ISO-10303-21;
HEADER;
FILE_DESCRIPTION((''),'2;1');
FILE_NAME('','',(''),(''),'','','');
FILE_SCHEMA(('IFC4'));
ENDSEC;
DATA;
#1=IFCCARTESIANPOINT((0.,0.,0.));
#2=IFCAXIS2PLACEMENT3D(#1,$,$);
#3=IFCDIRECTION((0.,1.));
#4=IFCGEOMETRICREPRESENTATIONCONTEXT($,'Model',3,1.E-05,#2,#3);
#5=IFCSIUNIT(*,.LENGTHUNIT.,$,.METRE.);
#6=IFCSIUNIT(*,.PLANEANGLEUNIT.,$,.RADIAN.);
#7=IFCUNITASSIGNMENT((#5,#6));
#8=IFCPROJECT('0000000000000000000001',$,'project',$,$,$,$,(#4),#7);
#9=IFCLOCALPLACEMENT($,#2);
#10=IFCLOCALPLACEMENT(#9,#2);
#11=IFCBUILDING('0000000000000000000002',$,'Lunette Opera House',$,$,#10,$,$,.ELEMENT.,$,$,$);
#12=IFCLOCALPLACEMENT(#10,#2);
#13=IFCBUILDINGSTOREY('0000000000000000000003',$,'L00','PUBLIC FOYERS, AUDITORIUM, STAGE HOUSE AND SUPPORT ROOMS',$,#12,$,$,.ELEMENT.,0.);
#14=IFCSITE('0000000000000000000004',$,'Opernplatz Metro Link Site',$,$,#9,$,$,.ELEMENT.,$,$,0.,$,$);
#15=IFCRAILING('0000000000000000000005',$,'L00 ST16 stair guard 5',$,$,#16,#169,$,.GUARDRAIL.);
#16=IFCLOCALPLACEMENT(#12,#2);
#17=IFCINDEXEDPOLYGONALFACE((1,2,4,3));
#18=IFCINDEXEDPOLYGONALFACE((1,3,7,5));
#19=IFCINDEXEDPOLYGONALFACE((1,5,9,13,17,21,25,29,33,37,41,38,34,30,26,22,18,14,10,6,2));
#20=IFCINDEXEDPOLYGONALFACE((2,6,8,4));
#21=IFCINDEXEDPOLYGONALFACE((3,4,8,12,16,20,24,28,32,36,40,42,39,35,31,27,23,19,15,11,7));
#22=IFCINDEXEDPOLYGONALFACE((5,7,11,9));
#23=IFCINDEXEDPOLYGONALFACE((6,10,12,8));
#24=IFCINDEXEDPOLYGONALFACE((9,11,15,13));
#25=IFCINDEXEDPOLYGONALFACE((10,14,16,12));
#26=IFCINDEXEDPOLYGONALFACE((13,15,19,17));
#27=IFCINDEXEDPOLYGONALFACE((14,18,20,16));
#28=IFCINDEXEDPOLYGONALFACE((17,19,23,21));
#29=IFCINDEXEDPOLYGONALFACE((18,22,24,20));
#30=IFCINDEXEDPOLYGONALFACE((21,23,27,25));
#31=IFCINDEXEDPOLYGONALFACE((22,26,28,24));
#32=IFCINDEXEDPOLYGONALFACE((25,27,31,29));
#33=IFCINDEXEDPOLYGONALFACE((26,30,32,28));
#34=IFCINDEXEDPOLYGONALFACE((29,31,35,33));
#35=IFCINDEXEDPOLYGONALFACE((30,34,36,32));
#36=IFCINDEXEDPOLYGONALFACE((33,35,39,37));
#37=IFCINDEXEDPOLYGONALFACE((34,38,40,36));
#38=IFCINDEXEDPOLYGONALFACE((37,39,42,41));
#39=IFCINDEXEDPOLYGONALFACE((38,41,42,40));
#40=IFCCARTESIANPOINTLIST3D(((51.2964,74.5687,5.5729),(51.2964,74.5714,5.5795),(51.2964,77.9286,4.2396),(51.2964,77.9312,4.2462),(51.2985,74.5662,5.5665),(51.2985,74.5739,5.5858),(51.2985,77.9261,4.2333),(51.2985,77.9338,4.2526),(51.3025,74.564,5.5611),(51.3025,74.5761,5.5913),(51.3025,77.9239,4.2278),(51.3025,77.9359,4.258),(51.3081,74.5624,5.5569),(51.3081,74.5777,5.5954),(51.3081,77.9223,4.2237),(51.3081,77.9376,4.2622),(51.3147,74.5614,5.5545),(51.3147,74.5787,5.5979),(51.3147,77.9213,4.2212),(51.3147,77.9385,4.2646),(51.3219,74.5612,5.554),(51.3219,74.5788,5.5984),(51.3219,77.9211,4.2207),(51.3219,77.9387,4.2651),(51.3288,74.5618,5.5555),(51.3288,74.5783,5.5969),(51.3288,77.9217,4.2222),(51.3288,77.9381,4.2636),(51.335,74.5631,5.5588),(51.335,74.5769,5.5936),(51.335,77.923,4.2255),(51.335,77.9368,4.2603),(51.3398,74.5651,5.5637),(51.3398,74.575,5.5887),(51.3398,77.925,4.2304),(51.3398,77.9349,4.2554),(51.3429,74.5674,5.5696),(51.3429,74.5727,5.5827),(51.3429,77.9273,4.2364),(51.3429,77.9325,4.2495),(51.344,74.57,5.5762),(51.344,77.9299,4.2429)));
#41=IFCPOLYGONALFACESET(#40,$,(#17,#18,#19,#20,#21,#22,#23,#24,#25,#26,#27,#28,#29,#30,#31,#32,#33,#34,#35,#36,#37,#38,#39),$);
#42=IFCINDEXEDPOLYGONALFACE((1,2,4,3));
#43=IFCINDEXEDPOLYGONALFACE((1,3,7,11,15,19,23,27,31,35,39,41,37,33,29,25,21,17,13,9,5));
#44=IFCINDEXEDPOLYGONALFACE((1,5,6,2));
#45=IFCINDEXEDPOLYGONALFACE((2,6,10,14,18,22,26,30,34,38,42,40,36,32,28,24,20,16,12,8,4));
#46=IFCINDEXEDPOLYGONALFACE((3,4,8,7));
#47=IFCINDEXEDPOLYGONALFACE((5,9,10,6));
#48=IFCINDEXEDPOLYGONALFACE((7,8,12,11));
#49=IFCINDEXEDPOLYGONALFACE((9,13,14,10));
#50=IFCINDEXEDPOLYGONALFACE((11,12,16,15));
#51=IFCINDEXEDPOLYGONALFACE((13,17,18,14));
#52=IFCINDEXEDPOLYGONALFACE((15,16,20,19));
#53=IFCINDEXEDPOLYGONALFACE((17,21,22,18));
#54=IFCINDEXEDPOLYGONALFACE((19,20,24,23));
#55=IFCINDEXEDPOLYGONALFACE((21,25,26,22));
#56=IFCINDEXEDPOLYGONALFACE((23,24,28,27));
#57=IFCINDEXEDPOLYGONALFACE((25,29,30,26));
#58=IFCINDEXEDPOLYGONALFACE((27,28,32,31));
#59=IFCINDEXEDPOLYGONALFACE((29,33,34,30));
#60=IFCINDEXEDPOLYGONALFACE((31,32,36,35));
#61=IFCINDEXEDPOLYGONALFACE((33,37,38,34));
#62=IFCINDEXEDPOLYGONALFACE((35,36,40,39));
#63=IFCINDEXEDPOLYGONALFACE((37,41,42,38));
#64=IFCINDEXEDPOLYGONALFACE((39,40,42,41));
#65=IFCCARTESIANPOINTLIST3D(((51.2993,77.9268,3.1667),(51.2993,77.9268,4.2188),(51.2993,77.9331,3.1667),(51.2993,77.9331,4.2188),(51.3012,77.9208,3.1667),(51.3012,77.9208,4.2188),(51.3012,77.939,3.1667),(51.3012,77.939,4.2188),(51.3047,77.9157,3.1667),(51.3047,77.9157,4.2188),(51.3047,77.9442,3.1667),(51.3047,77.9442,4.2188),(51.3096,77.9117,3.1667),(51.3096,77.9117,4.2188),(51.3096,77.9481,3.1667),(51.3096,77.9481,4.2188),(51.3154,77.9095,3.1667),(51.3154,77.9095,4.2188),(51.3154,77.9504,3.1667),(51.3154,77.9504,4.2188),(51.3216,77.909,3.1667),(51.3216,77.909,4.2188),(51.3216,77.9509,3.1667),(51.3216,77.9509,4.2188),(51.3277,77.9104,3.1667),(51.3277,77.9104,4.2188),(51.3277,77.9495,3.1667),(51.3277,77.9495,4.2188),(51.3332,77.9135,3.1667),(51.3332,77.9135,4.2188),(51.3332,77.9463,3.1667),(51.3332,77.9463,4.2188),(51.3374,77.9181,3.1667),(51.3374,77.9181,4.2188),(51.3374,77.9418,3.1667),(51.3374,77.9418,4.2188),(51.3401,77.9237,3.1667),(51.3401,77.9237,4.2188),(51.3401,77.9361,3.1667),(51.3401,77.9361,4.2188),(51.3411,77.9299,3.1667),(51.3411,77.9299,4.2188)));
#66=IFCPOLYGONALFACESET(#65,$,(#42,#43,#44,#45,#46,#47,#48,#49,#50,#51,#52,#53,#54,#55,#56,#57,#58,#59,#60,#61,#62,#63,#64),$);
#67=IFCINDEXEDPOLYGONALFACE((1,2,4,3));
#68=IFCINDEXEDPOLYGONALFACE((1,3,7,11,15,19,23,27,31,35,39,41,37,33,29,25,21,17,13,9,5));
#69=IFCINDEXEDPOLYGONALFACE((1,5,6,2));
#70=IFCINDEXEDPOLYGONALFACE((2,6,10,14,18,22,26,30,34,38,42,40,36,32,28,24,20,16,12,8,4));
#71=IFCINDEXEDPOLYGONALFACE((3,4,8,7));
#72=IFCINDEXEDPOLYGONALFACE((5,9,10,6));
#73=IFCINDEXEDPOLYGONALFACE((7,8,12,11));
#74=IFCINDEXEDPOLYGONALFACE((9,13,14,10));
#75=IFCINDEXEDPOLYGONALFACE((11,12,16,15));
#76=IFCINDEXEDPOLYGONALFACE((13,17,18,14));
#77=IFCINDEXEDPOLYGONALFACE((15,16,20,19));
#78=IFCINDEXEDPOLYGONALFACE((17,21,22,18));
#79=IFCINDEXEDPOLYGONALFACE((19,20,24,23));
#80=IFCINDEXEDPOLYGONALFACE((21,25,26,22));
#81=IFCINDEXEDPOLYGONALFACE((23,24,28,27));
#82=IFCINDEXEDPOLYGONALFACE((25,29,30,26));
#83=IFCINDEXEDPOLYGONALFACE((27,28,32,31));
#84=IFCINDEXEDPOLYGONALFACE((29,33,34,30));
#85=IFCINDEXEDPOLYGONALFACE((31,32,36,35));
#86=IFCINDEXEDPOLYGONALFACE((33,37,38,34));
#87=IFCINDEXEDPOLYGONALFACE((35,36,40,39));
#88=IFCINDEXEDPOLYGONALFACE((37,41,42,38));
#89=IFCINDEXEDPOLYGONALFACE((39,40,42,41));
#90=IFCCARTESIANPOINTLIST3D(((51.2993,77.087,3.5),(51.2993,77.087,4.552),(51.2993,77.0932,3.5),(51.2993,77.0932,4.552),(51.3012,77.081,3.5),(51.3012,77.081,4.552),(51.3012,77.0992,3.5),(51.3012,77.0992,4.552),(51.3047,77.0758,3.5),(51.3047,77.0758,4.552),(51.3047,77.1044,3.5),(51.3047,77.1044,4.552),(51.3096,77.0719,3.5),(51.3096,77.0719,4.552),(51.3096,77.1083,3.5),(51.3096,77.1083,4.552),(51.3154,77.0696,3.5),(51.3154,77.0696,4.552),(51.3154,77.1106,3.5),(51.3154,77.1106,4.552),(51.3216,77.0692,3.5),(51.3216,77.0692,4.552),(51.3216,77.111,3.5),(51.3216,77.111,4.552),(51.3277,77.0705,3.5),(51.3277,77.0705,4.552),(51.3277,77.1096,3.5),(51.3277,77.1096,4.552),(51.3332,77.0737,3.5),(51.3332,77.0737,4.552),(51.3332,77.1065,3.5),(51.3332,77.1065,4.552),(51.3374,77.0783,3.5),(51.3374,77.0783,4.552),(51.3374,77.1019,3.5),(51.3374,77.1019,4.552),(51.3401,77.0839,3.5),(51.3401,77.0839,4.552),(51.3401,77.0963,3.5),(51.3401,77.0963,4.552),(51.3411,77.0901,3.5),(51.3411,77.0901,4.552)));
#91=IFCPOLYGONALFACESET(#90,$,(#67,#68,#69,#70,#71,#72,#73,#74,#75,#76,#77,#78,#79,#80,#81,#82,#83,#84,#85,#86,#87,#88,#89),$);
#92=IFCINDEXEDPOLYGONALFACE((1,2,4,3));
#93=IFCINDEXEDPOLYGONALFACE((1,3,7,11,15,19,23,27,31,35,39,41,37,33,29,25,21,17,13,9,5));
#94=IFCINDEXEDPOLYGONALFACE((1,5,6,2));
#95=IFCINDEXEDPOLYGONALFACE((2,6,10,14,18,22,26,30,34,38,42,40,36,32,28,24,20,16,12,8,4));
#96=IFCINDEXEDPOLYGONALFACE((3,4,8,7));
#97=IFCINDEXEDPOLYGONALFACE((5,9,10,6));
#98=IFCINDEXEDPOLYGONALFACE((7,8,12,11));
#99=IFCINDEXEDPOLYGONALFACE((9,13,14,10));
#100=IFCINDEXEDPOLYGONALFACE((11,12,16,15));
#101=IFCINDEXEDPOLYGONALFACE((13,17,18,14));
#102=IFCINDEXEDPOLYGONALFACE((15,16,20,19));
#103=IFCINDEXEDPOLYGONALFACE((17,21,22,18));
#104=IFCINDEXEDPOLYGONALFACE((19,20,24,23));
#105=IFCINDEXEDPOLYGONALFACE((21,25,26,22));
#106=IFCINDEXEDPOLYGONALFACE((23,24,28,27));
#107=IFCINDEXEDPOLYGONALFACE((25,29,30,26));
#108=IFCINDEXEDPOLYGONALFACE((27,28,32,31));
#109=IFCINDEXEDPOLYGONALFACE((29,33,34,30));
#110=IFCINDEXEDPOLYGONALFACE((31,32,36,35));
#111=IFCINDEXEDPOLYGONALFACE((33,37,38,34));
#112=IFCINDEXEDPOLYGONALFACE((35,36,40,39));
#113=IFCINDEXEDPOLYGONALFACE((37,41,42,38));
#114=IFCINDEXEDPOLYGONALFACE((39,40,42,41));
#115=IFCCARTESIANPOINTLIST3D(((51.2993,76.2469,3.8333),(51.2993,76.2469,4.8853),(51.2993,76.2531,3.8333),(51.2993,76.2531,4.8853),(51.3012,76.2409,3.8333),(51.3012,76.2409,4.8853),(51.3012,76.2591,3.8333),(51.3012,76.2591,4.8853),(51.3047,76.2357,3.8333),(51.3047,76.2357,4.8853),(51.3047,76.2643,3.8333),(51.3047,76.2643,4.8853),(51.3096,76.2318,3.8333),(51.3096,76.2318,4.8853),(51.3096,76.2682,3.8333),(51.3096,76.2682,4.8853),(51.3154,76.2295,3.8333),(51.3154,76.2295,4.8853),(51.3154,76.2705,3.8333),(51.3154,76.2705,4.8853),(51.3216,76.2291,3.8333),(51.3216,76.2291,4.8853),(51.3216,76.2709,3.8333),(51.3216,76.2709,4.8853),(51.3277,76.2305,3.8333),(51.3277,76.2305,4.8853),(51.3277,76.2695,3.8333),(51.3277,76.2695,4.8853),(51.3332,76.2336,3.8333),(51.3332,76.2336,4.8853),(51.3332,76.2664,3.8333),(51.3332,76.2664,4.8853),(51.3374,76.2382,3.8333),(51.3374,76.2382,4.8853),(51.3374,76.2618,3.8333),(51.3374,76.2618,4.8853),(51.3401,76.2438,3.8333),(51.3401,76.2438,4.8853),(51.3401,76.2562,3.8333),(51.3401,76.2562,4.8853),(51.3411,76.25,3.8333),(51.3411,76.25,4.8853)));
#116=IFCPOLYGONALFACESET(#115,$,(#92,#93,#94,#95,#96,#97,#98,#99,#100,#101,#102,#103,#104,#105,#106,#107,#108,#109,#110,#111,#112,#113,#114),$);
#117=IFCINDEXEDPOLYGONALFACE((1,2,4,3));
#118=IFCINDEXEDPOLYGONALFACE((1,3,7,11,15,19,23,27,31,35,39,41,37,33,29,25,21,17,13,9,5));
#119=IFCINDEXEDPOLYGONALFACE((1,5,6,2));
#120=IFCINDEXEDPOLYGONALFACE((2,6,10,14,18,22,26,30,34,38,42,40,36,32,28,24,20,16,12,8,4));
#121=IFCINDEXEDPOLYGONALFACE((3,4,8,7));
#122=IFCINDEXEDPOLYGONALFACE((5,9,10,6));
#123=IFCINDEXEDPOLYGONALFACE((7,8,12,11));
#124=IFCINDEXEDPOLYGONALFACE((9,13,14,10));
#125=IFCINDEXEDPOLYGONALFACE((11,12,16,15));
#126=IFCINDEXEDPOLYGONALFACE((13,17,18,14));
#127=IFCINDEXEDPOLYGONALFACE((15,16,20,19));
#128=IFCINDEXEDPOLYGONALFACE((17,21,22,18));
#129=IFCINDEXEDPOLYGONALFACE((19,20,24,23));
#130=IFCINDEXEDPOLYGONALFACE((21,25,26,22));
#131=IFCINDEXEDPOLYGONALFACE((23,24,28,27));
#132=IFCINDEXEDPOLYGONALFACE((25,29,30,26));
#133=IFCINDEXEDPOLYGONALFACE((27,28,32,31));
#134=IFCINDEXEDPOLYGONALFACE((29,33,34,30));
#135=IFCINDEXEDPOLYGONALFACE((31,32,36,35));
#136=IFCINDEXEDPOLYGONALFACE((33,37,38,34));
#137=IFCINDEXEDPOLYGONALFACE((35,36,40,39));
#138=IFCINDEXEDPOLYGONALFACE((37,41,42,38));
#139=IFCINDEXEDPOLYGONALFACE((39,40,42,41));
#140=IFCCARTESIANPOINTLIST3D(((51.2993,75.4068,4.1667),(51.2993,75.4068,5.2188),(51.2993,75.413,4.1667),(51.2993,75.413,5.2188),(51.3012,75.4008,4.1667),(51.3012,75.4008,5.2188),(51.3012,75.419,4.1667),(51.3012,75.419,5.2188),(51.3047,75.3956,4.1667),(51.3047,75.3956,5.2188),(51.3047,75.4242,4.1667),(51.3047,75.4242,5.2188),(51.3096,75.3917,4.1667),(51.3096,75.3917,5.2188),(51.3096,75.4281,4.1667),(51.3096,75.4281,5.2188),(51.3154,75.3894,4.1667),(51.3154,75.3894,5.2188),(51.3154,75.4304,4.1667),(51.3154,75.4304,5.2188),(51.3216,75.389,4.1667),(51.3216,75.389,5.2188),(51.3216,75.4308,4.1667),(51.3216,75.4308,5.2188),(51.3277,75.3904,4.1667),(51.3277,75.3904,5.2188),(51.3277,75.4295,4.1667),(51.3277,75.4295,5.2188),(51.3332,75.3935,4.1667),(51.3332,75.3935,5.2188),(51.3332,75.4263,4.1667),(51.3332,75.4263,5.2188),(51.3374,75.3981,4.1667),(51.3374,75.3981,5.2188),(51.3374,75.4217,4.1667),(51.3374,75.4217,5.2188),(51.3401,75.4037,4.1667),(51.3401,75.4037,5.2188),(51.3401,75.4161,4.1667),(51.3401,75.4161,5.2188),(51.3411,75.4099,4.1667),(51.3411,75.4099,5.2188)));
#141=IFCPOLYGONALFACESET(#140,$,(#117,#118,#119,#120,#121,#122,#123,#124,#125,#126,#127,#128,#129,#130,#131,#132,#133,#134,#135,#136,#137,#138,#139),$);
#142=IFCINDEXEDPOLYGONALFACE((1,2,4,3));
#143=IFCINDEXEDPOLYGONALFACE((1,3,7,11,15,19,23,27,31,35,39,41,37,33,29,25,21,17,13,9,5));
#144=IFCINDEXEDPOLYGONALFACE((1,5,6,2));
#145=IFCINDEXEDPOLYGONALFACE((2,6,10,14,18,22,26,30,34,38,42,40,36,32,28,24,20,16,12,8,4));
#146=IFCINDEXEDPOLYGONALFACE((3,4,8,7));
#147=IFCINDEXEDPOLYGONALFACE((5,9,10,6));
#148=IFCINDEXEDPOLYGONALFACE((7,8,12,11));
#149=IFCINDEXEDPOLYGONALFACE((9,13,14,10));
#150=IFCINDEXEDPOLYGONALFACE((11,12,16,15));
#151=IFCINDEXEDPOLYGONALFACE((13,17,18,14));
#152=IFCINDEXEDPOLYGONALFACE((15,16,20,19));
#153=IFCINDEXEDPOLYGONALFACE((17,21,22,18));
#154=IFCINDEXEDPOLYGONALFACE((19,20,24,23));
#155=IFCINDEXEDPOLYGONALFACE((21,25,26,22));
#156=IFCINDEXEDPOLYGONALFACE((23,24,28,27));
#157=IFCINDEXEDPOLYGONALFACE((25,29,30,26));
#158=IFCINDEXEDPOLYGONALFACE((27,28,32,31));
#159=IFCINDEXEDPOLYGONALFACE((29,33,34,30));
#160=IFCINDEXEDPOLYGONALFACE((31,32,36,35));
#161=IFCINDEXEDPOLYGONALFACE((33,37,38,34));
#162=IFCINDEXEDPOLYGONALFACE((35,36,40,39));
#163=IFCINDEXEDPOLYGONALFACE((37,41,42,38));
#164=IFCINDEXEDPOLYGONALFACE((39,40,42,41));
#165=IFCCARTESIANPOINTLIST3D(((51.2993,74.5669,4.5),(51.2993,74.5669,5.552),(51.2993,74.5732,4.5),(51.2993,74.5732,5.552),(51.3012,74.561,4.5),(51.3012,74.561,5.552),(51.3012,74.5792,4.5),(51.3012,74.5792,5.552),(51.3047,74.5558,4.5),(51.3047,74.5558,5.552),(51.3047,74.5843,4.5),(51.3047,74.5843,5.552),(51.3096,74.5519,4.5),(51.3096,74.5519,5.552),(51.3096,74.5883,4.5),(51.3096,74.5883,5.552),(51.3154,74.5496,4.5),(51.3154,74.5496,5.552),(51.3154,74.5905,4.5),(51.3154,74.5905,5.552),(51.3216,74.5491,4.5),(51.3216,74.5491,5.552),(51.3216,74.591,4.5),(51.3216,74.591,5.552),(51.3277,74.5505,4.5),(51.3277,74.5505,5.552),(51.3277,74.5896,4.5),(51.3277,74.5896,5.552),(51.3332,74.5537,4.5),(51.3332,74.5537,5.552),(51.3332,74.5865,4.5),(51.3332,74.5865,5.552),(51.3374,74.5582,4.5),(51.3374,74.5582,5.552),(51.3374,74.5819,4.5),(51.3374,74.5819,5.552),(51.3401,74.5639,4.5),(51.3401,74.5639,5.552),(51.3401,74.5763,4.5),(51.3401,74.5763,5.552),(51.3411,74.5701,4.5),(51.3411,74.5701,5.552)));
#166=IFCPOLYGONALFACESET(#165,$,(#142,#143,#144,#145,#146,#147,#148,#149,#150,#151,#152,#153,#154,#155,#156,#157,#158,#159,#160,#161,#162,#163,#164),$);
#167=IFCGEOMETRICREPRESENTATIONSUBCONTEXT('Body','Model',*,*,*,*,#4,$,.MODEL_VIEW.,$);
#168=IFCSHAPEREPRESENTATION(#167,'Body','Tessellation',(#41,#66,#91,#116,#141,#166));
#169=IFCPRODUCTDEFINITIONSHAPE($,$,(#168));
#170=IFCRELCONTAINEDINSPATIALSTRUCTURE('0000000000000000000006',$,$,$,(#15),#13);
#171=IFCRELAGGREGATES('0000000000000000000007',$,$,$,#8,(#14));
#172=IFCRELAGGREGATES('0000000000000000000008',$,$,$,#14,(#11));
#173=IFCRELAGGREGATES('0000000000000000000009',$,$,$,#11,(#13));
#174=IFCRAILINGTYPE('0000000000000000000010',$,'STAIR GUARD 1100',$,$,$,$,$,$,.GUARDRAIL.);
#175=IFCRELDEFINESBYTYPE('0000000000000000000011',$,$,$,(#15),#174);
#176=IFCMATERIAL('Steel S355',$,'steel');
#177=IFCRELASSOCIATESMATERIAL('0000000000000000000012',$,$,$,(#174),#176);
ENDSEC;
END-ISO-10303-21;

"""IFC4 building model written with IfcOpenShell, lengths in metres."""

from ifc_helpers import new_model, si_unit, direction, frame, origin, origin_2d, place, context, subcontext, project, spatial, circle, extrude, material, type_object, element, save


model = new_model("IFC4")

# Units and contexts
model_context = context("Model", 3, precision=1e-05, world=origin(), true_north=direction((0.0, 1.0)))
body_context = subcontext(model_context, "Body", "Model", "MODEL_VIEW")
ifc_project = project(units=[si_unit("LENGTHUNIT", "METRE"), si_unit("PLANEANGLEUNIT", "RADIAN")], contexts=[model_context])

# Site, building, storey
site_placement = place(None, origin())
site = spatial("IfcSite", under=ifc_project, at=site_placement, Name="Opernplatz Metro Link Site", CompositionType="ELEMENT", RefElevation=0.0)
building_placement = place(site_placement, origin())
building = spatial("IfcBuilding", under=site, at=building_placement, Name="Lunette Opera House", CompositionType="ELEMENT")
storey_placement = place(building_placement, origin())
storey = spatial("IfcBuildingStorey", under=building, at=storey_placement, Name="L00", Description="PUBLIC FOYERS, AUDITORIUM, STAGE HOUSE AND SUPPORT ROOMS", CompositionType="ELEMENT", Elevation=0.0)

# Railing
ifc_material_1 = material(Name="Steel S355", Category="steel")
railing_type_1 = type_object("IfcRailingType", Name="STAIR GUARD 1100", PredefinedType="GUARDRAIL", material=ifc_material_1)
railing_1_placement = place(storey_placement, frame((51.3201, 77.9299, 3.1667)))
element("IfcRailing", 1, at=railing_1_placement, inside=storey, type_object=railing_type_1, Name="L00 ST16 stair guard 5", PredefinedType="GUARDRAIL", context=body_context, shape_type="SweptSolid", body=[
    extrude(circle(Radius=0.0239, at=origin_2d()), frame((0.0, 0.0, 1.0762), z_axis=(0.0, -0.929493, 0.368839), x_axis=(1.0, 0.0, 0.0)), (0.0, 0.0, 1.0), 3.6147),
    extrude(circle(Radius=0.021, at=origin_2d()), origin(), (0.0, 0.0, 1.0), 1.052),
    extrude(circle(Radius=0.021, at=origin_2d()), frame((0.0, -0.8398, 0.3333)), (0.0, 0.0, 1.0), 1.052),
    extrude(circle(Radius=0.021, at=origin_2d()), frame((0.0, -1.6799, 0.6665)), (0.0, 0.0, 1.0), 1.052),
    extrude(circle(Radius=0.021, at=origin_2d()), frame((0.0, -2.52, 1.0)), (0.0, 0.0, 1.0), 1.052),
    extrude(circle(Radius=0.021, at=origin_2d()), frame((0.0, -3.3599, 1.3333)), (0.0, 0.0, 1.0), 1.052),
])

save(model, "model.ifc")
